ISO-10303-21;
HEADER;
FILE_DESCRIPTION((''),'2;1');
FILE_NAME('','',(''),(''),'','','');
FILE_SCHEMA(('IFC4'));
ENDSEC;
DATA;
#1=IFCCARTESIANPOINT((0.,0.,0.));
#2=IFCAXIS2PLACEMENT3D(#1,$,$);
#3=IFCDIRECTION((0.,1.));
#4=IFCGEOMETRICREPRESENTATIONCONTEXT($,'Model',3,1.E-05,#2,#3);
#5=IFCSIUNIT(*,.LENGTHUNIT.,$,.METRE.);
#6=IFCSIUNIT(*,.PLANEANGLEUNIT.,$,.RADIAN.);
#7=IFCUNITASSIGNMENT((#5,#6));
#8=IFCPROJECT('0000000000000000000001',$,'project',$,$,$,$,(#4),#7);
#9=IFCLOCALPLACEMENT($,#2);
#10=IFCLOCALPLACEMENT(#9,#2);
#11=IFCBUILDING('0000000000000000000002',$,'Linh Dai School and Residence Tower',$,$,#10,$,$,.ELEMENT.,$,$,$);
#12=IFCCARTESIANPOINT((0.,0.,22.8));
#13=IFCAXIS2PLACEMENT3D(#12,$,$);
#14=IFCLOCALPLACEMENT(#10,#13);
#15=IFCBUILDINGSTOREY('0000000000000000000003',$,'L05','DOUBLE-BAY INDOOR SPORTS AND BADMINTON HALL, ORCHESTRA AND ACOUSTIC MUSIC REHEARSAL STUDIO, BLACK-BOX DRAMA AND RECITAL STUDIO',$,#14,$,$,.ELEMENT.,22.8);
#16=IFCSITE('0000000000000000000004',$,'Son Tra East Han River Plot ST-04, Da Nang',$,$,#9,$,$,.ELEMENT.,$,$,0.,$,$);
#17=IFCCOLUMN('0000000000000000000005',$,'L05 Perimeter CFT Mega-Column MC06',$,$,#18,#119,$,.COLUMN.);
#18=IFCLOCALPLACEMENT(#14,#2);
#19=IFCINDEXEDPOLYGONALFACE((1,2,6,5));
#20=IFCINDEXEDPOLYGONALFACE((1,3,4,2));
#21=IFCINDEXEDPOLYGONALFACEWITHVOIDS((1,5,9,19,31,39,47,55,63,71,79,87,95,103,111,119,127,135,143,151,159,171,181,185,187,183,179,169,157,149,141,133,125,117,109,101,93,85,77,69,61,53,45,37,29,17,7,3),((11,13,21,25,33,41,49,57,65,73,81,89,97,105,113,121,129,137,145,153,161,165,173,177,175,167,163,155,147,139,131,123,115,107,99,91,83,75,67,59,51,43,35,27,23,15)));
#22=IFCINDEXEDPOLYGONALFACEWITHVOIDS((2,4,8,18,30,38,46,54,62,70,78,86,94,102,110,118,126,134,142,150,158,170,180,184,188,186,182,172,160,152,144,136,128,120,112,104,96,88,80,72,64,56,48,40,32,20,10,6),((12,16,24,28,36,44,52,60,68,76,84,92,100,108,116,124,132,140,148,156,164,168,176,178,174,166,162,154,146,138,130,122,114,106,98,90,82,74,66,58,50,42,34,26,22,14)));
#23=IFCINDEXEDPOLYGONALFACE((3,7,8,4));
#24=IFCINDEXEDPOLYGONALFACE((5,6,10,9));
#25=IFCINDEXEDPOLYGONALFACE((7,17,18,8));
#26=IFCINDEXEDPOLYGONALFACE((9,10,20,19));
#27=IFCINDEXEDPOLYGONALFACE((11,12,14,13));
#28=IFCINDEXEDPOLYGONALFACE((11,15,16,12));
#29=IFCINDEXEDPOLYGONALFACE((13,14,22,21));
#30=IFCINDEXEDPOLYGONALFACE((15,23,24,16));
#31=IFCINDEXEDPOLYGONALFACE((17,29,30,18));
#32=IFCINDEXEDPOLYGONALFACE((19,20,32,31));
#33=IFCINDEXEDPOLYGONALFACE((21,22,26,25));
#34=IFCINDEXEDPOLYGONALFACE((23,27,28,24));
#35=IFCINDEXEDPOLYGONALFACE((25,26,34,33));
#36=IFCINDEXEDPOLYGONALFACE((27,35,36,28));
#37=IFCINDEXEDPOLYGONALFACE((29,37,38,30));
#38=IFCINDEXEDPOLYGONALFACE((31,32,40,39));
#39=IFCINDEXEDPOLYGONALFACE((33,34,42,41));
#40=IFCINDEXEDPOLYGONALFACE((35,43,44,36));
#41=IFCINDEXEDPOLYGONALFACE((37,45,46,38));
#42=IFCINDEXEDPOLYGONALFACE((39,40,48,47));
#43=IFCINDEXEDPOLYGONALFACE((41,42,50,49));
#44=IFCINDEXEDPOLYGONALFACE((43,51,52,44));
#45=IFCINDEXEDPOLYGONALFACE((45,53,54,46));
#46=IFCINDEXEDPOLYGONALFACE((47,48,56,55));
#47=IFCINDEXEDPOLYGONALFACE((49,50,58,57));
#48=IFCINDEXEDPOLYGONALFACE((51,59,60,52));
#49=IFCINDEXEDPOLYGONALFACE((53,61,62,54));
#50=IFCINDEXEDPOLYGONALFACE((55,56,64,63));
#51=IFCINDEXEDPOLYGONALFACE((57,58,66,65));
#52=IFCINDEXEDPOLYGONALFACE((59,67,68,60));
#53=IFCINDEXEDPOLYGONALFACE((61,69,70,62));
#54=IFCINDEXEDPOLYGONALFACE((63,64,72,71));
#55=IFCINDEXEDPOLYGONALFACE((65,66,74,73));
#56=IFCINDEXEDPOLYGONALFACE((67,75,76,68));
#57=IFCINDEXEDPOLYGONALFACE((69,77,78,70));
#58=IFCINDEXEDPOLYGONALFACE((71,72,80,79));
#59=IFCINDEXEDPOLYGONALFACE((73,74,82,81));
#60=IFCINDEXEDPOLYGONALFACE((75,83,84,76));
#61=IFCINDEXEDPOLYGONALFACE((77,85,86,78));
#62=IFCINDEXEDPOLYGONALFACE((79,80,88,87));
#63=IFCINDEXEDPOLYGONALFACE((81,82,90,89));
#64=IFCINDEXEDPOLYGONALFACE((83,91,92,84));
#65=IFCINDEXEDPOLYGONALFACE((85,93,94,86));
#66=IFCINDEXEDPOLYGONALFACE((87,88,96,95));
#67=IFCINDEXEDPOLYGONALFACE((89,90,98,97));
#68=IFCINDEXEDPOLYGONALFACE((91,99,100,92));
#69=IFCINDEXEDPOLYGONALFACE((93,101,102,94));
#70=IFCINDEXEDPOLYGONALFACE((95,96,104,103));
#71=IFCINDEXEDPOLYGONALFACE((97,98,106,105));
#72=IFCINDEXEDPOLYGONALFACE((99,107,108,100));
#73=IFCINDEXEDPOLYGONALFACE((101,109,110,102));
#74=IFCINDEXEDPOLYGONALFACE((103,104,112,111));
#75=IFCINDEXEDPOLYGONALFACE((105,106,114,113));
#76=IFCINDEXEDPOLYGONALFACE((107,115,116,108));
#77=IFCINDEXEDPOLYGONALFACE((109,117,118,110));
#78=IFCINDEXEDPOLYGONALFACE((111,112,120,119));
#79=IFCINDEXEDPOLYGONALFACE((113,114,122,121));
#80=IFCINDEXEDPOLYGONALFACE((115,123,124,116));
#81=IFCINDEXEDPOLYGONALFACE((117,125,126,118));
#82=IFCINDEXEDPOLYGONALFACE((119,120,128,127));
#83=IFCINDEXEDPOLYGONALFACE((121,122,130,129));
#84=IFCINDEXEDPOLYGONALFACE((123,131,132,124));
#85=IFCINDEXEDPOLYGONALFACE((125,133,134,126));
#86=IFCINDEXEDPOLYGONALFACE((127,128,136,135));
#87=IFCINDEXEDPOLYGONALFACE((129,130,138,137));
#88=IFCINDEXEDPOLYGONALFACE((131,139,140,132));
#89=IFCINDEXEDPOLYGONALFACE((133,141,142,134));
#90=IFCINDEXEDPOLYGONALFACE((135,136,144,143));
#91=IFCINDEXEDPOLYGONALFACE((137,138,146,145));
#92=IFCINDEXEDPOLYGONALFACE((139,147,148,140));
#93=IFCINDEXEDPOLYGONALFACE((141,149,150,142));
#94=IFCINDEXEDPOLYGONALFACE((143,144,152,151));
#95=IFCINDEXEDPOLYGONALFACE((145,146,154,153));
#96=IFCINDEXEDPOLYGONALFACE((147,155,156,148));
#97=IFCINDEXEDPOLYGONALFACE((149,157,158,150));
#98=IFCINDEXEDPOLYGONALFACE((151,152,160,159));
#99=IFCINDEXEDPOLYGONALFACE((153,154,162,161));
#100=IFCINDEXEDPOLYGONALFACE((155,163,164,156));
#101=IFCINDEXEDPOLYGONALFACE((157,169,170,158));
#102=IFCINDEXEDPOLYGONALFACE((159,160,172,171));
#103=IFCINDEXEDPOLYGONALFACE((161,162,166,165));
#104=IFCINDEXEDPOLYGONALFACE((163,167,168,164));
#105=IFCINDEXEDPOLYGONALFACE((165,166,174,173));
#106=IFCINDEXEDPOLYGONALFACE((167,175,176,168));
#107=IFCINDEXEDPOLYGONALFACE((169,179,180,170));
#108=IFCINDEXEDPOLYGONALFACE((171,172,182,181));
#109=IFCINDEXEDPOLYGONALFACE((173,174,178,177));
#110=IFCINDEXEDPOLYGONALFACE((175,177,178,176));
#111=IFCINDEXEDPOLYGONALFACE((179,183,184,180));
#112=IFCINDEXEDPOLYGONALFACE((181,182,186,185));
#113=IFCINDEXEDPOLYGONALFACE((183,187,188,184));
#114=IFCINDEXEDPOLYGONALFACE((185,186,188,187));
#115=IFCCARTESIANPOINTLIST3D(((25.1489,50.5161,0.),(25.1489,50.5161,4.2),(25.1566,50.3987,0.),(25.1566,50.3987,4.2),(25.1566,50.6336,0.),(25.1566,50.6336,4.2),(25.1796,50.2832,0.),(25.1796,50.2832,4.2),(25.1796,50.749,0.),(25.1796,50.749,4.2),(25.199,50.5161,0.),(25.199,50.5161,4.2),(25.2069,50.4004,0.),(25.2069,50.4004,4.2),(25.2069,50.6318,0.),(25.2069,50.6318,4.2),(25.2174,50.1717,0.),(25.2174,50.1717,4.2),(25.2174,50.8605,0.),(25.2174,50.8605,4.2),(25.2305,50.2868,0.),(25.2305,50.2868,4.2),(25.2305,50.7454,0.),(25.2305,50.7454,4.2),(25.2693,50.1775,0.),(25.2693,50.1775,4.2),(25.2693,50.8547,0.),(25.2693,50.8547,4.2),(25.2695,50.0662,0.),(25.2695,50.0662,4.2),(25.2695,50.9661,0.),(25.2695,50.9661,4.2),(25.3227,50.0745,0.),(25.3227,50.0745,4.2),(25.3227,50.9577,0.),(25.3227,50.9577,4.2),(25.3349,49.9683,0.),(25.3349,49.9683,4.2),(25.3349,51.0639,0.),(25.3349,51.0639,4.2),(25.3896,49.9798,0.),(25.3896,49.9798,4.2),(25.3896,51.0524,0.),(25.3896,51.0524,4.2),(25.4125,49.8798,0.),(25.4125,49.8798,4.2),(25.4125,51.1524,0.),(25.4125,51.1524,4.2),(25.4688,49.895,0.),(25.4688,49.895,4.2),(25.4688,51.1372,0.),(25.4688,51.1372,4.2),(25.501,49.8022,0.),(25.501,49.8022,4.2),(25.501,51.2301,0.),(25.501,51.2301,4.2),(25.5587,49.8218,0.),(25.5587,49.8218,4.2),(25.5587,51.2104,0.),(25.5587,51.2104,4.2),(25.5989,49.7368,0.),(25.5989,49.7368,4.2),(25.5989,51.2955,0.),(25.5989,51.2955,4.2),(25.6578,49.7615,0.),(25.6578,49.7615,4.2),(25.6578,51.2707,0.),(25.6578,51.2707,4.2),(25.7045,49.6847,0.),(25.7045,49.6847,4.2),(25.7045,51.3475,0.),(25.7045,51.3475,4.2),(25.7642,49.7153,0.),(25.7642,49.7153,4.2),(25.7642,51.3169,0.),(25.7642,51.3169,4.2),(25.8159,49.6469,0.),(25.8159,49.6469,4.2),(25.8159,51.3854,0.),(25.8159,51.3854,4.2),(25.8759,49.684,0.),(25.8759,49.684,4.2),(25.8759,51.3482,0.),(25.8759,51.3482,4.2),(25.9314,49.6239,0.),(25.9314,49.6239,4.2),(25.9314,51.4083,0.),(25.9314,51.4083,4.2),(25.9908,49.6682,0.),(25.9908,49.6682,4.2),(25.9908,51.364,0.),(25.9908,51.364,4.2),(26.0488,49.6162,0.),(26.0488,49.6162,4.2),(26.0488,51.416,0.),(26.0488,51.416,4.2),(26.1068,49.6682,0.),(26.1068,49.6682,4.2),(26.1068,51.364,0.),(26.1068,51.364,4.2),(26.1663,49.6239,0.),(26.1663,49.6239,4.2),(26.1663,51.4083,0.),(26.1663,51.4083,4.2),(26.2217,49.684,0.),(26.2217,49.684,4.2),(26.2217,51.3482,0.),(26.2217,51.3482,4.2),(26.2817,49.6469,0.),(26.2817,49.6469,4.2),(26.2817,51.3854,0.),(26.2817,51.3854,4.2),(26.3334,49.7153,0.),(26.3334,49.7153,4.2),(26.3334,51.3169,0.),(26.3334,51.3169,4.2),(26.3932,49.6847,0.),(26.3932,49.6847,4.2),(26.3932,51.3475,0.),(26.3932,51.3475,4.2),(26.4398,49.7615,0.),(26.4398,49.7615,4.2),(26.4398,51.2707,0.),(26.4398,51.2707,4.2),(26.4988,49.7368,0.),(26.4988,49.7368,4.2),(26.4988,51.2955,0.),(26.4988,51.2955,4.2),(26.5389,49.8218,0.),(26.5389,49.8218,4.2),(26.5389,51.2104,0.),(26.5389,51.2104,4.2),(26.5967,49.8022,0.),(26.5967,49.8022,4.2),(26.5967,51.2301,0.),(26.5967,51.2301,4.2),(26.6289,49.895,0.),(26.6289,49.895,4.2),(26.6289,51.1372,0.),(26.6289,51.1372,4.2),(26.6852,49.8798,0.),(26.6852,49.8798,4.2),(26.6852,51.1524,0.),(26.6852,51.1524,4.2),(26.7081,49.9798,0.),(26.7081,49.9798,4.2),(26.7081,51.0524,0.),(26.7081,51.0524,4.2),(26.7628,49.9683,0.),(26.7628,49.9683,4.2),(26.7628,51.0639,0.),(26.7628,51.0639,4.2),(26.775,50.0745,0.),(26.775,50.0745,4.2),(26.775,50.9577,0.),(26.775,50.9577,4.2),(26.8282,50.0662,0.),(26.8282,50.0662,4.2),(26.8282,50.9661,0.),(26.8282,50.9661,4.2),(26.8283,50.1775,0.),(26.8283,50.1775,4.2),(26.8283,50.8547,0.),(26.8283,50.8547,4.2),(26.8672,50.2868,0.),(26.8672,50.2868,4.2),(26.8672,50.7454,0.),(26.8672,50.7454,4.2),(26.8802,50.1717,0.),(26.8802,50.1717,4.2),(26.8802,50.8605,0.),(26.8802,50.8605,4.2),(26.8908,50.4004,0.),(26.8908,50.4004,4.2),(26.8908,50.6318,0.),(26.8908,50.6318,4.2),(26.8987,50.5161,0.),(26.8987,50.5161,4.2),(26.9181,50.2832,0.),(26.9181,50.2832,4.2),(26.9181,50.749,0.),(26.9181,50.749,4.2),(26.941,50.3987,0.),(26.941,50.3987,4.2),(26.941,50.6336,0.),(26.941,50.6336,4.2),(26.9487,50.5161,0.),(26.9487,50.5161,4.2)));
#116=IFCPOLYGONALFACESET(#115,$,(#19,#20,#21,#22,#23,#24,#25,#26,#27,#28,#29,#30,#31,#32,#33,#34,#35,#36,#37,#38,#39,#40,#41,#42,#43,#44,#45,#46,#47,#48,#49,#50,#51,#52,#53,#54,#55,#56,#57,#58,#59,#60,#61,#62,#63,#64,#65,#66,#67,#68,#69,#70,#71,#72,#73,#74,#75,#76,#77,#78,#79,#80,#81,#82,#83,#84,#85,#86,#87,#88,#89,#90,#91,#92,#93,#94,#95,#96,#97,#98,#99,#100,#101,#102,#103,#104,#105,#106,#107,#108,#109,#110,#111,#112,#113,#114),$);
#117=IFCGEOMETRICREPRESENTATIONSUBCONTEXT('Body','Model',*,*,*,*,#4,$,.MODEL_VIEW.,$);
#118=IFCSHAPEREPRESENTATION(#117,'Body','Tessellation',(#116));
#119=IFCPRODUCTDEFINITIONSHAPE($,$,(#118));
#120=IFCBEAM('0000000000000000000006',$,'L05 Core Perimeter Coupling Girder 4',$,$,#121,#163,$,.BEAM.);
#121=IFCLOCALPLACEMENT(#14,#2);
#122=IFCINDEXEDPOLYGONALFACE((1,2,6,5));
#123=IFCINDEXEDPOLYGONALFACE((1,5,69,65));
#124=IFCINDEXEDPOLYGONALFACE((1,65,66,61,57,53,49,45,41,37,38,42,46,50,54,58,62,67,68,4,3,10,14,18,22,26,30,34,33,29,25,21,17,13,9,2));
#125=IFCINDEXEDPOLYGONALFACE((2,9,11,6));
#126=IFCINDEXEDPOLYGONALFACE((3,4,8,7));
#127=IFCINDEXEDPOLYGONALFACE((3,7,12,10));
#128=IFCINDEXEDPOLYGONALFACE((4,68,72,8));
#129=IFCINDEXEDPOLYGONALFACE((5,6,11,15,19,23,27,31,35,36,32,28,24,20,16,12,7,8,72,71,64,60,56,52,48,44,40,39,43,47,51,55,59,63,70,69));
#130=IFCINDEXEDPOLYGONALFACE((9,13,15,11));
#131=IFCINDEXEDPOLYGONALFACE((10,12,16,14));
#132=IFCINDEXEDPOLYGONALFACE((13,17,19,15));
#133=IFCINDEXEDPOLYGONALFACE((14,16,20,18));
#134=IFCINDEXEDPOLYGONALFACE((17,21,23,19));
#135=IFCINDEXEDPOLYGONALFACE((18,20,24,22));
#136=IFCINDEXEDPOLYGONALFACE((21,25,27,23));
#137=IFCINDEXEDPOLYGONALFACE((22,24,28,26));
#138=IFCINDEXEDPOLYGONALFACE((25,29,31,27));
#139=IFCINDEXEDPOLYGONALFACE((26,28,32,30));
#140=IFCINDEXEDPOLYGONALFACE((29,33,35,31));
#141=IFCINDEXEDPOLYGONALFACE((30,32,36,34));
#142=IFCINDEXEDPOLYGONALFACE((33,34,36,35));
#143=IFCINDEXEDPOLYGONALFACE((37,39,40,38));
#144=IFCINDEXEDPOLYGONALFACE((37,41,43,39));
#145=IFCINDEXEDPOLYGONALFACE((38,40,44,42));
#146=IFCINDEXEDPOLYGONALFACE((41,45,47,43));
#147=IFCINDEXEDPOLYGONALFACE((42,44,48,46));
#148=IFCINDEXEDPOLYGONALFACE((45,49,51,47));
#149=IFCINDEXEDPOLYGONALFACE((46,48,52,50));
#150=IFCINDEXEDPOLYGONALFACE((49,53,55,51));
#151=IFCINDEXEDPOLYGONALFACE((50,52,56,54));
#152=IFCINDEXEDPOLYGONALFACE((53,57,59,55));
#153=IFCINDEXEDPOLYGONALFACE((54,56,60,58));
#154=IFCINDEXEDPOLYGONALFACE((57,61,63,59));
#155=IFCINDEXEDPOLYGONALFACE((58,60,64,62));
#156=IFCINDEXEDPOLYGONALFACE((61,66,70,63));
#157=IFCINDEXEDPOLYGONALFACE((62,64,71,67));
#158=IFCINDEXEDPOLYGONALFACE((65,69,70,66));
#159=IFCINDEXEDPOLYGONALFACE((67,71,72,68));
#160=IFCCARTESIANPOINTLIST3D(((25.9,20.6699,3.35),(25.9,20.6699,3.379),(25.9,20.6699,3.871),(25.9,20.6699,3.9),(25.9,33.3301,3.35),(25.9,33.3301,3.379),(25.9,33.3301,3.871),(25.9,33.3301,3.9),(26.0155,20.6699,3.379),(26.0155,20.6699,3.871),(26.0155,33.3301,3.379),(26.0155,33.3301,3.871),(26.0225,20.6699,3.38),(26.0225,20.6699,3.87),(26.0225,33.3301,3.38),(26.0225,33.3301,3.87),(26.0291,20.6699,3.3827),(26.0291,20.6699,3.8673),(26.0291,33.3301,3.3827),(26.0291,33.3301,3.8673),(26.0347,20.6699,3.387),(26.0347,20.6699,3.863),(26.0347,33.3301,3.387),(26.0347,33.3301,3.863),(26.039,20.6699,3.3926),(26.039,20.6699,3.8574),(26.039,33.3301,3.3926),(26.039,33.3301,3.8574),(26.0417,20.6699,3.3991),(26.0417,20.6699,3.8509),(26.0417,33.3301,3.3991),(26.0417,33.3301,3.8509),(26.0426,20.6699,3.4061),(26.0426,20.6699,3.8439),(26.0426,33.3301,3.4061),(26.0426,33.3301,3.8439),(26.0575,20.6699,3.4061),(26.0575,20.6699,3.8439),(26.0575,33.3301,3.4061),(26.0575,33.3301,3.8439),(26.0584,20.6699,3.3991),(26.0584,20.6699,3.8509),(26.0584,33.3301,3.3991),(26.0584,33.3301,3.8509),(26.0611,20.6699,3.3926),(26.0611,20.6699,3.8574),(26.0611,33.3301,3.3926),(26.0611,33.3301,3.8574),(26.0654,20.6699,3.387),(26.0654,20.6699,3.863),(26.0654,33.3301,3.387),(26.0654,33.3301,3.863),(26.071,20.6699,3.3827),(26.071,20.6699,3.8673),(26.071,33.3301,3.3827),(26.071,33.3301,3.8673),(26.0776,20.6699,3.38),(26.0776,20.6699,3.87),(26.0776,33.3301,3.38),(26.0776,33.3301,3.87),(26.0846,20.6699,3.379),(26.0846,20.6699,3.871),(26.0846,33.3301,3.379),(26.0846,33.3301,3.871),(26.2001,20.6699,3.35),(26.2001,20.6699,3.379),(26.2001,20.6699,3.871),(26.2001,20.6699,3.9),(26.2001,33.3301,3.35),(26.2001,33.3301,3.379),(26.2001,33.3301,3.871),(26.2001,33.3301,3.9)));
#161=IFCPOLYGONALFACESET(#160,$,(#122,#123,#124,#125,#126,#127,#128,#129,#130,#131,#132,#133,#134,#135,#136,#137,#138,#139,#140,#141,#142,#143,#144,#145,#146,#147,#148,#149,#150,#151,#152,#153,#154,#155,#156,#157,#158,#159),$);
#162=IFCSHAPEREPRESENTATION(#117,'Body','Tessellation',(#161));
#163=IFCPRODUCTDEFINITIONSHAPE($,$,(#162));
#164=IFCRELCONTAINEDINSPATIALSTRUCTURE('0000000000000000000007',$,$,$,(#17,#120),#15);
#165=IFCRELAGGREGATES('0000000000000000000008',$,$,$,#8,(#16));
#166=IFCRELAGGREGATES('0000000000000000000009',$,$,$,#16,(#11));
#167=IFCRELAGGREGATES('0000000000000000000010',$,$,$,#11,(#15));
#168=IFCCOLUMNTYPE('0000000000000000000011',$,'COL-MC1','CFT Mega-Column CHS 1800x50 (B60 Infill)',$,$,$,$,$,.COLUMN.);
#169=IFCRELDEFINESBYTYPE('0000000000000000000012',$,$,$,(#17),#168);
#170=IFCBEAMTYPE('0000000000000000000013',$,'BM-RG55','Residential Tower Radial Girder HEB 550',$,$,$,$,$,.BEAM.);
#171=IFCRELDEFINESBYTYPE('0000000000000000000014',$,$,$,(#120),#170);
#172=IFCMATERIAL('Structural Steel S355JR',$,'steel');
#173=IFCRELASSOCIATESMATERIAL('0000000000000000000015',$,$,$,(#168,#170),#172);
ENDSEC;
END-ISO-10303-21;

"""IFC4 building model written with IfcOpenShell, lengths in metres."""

from ifc_helpers import new_model, si_unit, direction, frame, origin, origin_2d, place, context, subcontext, project, spatial, hollow_circle, i_section, extrude, material, material_profile, profile_set, type_object, element, save


model = new_model("IFC4")

# Units and contexts
model_context = context("Model", 3, precision=1e-05, world=origin(), true_north=direction((0.0, 1.0)))
body_context = subcontext(model_context, "Body", "Model", "MODEL_VIEW")
ifc_project = project(units=[si_unit("LENGTHUNIT", "METRE"), si_unit("PLANEANGLEUNIT", "RADIAN")], contexts=[model_context])

# Site, building, storey
site_placement = place(None, origin())
site = spatial("IfcSite", under=ifc_project, at=site_placement, Name="Son Tra East Han River Plot ST-04, Da Nang", CompositionType="ELEMENT", RefElevation=0.0)
building_placement = place(site_placement, origin())
building = spatial("IfcBuilding", under=site, at=building_placement, Name="Linh Dai School and Residence Tower", CompositionType="ELEMENT")
storey_placement = place(building_placement, frame((0.0, 0.0, 22.8)))
storey = spatial("IfcBuildingStorey", under=building, at=storey_placement, Name="L05", Description="DOUBLE-BAY INDOOR SPORTS AND BADMINTON HALL, ORCHESTRA AND ACOUSTIC MUSIC REHEARSAL STUDIO, BLACK-BOX DRAMA AND RECITAL STUDIO", CompositionType="ELEMENT", Elevation=22.8)

# Column
ifc_material_1 = material(Name="Structural Steel S355JR", Category="steel")
ifc_material_profile_1 = material_profile(ifc_material_1, hollow_circle(Radius=0.8999, WallThickness=0.05, at=origin_2d()), Name="CHS 1800x50")
ifc_profile_set_1 = profile_set([ifc_material_profile_1], Name="Structural Steel S355JR")
column_type_1 = type_object("IfcColumnType", Name="COL-MC1", Description="CFT Mega-Column CHS 1800x50 (B60 Infill)", PredefinedType="COLUMN", material=ifc_profile_set_1)
for number, where, z_axis, x_axis, name in (
    (1, (26.0488, 50.5161, 0.0), (0.0, 0.0, 1.0), (1.0, 0.0, 0.0), "L05 Perimeter CFT Mega-Column MC06"),
):
    element("IfcColumn", number, at=place(storey_placement, frame(where, z_axis=z_axis, x_axis=x_axis)), inside=storey, type_object=column_type_1, Name=name, PredefinedType="COLUMN", context=body_context, shape_type="SweptSolid", body=[
        extrude(hollow_circle(Radius=0.8999, WallThickness=0.05, at=origin_2d()), origin(), (0.0, 0.0, 1.0), 4.2),
    ])

# Beam
ifc_material_profile_2 = material_profile(ifc_material_1, i_section(OverallWidth=0.3, OverallDepth=0.55, WebThickness=0.0149, FlangeThickness=0.0291, FilletRadius=0.0271, at=origin_2d()), Name="HEB 550")
ifc_profile_set_2 = profile_set([ifc_material_profile_2], Name="Structural Steel S355JR")
beam_type_1 = type_object("IfcBeamType", Name="BM-RG55", Description="Residential Tower Radial Girder HEB 550", PredefinedType="BEAM", material=ifc_profile_set_2)
beam_1_placement = place(storey_placement, frame((26.05, 33.3301, 3.625), z_axis=(0.0, -1.0, 0.0), x_axis=(1.0, 0.0, 0.0)))
element("IfcBeam", 2, at=beam_1_placement, inside=storey, type_object=beam_type_1, Name="L05 Core Perimeter Coupling Girder 4", PredefinedType="BEAM", context=body_context, shape_type="SweptSolid", body=[
    extrude(i_section(OverallWidth=0.3, OverallDepth=0.55, WebThickness=0.0149, FlangeThickness=0.0291, FilletRadius=0.0271, at=origin_2d()), origin(), (0.0, 0.0, 1.0), 12.6602),
])

save(model, "model.ifc")
